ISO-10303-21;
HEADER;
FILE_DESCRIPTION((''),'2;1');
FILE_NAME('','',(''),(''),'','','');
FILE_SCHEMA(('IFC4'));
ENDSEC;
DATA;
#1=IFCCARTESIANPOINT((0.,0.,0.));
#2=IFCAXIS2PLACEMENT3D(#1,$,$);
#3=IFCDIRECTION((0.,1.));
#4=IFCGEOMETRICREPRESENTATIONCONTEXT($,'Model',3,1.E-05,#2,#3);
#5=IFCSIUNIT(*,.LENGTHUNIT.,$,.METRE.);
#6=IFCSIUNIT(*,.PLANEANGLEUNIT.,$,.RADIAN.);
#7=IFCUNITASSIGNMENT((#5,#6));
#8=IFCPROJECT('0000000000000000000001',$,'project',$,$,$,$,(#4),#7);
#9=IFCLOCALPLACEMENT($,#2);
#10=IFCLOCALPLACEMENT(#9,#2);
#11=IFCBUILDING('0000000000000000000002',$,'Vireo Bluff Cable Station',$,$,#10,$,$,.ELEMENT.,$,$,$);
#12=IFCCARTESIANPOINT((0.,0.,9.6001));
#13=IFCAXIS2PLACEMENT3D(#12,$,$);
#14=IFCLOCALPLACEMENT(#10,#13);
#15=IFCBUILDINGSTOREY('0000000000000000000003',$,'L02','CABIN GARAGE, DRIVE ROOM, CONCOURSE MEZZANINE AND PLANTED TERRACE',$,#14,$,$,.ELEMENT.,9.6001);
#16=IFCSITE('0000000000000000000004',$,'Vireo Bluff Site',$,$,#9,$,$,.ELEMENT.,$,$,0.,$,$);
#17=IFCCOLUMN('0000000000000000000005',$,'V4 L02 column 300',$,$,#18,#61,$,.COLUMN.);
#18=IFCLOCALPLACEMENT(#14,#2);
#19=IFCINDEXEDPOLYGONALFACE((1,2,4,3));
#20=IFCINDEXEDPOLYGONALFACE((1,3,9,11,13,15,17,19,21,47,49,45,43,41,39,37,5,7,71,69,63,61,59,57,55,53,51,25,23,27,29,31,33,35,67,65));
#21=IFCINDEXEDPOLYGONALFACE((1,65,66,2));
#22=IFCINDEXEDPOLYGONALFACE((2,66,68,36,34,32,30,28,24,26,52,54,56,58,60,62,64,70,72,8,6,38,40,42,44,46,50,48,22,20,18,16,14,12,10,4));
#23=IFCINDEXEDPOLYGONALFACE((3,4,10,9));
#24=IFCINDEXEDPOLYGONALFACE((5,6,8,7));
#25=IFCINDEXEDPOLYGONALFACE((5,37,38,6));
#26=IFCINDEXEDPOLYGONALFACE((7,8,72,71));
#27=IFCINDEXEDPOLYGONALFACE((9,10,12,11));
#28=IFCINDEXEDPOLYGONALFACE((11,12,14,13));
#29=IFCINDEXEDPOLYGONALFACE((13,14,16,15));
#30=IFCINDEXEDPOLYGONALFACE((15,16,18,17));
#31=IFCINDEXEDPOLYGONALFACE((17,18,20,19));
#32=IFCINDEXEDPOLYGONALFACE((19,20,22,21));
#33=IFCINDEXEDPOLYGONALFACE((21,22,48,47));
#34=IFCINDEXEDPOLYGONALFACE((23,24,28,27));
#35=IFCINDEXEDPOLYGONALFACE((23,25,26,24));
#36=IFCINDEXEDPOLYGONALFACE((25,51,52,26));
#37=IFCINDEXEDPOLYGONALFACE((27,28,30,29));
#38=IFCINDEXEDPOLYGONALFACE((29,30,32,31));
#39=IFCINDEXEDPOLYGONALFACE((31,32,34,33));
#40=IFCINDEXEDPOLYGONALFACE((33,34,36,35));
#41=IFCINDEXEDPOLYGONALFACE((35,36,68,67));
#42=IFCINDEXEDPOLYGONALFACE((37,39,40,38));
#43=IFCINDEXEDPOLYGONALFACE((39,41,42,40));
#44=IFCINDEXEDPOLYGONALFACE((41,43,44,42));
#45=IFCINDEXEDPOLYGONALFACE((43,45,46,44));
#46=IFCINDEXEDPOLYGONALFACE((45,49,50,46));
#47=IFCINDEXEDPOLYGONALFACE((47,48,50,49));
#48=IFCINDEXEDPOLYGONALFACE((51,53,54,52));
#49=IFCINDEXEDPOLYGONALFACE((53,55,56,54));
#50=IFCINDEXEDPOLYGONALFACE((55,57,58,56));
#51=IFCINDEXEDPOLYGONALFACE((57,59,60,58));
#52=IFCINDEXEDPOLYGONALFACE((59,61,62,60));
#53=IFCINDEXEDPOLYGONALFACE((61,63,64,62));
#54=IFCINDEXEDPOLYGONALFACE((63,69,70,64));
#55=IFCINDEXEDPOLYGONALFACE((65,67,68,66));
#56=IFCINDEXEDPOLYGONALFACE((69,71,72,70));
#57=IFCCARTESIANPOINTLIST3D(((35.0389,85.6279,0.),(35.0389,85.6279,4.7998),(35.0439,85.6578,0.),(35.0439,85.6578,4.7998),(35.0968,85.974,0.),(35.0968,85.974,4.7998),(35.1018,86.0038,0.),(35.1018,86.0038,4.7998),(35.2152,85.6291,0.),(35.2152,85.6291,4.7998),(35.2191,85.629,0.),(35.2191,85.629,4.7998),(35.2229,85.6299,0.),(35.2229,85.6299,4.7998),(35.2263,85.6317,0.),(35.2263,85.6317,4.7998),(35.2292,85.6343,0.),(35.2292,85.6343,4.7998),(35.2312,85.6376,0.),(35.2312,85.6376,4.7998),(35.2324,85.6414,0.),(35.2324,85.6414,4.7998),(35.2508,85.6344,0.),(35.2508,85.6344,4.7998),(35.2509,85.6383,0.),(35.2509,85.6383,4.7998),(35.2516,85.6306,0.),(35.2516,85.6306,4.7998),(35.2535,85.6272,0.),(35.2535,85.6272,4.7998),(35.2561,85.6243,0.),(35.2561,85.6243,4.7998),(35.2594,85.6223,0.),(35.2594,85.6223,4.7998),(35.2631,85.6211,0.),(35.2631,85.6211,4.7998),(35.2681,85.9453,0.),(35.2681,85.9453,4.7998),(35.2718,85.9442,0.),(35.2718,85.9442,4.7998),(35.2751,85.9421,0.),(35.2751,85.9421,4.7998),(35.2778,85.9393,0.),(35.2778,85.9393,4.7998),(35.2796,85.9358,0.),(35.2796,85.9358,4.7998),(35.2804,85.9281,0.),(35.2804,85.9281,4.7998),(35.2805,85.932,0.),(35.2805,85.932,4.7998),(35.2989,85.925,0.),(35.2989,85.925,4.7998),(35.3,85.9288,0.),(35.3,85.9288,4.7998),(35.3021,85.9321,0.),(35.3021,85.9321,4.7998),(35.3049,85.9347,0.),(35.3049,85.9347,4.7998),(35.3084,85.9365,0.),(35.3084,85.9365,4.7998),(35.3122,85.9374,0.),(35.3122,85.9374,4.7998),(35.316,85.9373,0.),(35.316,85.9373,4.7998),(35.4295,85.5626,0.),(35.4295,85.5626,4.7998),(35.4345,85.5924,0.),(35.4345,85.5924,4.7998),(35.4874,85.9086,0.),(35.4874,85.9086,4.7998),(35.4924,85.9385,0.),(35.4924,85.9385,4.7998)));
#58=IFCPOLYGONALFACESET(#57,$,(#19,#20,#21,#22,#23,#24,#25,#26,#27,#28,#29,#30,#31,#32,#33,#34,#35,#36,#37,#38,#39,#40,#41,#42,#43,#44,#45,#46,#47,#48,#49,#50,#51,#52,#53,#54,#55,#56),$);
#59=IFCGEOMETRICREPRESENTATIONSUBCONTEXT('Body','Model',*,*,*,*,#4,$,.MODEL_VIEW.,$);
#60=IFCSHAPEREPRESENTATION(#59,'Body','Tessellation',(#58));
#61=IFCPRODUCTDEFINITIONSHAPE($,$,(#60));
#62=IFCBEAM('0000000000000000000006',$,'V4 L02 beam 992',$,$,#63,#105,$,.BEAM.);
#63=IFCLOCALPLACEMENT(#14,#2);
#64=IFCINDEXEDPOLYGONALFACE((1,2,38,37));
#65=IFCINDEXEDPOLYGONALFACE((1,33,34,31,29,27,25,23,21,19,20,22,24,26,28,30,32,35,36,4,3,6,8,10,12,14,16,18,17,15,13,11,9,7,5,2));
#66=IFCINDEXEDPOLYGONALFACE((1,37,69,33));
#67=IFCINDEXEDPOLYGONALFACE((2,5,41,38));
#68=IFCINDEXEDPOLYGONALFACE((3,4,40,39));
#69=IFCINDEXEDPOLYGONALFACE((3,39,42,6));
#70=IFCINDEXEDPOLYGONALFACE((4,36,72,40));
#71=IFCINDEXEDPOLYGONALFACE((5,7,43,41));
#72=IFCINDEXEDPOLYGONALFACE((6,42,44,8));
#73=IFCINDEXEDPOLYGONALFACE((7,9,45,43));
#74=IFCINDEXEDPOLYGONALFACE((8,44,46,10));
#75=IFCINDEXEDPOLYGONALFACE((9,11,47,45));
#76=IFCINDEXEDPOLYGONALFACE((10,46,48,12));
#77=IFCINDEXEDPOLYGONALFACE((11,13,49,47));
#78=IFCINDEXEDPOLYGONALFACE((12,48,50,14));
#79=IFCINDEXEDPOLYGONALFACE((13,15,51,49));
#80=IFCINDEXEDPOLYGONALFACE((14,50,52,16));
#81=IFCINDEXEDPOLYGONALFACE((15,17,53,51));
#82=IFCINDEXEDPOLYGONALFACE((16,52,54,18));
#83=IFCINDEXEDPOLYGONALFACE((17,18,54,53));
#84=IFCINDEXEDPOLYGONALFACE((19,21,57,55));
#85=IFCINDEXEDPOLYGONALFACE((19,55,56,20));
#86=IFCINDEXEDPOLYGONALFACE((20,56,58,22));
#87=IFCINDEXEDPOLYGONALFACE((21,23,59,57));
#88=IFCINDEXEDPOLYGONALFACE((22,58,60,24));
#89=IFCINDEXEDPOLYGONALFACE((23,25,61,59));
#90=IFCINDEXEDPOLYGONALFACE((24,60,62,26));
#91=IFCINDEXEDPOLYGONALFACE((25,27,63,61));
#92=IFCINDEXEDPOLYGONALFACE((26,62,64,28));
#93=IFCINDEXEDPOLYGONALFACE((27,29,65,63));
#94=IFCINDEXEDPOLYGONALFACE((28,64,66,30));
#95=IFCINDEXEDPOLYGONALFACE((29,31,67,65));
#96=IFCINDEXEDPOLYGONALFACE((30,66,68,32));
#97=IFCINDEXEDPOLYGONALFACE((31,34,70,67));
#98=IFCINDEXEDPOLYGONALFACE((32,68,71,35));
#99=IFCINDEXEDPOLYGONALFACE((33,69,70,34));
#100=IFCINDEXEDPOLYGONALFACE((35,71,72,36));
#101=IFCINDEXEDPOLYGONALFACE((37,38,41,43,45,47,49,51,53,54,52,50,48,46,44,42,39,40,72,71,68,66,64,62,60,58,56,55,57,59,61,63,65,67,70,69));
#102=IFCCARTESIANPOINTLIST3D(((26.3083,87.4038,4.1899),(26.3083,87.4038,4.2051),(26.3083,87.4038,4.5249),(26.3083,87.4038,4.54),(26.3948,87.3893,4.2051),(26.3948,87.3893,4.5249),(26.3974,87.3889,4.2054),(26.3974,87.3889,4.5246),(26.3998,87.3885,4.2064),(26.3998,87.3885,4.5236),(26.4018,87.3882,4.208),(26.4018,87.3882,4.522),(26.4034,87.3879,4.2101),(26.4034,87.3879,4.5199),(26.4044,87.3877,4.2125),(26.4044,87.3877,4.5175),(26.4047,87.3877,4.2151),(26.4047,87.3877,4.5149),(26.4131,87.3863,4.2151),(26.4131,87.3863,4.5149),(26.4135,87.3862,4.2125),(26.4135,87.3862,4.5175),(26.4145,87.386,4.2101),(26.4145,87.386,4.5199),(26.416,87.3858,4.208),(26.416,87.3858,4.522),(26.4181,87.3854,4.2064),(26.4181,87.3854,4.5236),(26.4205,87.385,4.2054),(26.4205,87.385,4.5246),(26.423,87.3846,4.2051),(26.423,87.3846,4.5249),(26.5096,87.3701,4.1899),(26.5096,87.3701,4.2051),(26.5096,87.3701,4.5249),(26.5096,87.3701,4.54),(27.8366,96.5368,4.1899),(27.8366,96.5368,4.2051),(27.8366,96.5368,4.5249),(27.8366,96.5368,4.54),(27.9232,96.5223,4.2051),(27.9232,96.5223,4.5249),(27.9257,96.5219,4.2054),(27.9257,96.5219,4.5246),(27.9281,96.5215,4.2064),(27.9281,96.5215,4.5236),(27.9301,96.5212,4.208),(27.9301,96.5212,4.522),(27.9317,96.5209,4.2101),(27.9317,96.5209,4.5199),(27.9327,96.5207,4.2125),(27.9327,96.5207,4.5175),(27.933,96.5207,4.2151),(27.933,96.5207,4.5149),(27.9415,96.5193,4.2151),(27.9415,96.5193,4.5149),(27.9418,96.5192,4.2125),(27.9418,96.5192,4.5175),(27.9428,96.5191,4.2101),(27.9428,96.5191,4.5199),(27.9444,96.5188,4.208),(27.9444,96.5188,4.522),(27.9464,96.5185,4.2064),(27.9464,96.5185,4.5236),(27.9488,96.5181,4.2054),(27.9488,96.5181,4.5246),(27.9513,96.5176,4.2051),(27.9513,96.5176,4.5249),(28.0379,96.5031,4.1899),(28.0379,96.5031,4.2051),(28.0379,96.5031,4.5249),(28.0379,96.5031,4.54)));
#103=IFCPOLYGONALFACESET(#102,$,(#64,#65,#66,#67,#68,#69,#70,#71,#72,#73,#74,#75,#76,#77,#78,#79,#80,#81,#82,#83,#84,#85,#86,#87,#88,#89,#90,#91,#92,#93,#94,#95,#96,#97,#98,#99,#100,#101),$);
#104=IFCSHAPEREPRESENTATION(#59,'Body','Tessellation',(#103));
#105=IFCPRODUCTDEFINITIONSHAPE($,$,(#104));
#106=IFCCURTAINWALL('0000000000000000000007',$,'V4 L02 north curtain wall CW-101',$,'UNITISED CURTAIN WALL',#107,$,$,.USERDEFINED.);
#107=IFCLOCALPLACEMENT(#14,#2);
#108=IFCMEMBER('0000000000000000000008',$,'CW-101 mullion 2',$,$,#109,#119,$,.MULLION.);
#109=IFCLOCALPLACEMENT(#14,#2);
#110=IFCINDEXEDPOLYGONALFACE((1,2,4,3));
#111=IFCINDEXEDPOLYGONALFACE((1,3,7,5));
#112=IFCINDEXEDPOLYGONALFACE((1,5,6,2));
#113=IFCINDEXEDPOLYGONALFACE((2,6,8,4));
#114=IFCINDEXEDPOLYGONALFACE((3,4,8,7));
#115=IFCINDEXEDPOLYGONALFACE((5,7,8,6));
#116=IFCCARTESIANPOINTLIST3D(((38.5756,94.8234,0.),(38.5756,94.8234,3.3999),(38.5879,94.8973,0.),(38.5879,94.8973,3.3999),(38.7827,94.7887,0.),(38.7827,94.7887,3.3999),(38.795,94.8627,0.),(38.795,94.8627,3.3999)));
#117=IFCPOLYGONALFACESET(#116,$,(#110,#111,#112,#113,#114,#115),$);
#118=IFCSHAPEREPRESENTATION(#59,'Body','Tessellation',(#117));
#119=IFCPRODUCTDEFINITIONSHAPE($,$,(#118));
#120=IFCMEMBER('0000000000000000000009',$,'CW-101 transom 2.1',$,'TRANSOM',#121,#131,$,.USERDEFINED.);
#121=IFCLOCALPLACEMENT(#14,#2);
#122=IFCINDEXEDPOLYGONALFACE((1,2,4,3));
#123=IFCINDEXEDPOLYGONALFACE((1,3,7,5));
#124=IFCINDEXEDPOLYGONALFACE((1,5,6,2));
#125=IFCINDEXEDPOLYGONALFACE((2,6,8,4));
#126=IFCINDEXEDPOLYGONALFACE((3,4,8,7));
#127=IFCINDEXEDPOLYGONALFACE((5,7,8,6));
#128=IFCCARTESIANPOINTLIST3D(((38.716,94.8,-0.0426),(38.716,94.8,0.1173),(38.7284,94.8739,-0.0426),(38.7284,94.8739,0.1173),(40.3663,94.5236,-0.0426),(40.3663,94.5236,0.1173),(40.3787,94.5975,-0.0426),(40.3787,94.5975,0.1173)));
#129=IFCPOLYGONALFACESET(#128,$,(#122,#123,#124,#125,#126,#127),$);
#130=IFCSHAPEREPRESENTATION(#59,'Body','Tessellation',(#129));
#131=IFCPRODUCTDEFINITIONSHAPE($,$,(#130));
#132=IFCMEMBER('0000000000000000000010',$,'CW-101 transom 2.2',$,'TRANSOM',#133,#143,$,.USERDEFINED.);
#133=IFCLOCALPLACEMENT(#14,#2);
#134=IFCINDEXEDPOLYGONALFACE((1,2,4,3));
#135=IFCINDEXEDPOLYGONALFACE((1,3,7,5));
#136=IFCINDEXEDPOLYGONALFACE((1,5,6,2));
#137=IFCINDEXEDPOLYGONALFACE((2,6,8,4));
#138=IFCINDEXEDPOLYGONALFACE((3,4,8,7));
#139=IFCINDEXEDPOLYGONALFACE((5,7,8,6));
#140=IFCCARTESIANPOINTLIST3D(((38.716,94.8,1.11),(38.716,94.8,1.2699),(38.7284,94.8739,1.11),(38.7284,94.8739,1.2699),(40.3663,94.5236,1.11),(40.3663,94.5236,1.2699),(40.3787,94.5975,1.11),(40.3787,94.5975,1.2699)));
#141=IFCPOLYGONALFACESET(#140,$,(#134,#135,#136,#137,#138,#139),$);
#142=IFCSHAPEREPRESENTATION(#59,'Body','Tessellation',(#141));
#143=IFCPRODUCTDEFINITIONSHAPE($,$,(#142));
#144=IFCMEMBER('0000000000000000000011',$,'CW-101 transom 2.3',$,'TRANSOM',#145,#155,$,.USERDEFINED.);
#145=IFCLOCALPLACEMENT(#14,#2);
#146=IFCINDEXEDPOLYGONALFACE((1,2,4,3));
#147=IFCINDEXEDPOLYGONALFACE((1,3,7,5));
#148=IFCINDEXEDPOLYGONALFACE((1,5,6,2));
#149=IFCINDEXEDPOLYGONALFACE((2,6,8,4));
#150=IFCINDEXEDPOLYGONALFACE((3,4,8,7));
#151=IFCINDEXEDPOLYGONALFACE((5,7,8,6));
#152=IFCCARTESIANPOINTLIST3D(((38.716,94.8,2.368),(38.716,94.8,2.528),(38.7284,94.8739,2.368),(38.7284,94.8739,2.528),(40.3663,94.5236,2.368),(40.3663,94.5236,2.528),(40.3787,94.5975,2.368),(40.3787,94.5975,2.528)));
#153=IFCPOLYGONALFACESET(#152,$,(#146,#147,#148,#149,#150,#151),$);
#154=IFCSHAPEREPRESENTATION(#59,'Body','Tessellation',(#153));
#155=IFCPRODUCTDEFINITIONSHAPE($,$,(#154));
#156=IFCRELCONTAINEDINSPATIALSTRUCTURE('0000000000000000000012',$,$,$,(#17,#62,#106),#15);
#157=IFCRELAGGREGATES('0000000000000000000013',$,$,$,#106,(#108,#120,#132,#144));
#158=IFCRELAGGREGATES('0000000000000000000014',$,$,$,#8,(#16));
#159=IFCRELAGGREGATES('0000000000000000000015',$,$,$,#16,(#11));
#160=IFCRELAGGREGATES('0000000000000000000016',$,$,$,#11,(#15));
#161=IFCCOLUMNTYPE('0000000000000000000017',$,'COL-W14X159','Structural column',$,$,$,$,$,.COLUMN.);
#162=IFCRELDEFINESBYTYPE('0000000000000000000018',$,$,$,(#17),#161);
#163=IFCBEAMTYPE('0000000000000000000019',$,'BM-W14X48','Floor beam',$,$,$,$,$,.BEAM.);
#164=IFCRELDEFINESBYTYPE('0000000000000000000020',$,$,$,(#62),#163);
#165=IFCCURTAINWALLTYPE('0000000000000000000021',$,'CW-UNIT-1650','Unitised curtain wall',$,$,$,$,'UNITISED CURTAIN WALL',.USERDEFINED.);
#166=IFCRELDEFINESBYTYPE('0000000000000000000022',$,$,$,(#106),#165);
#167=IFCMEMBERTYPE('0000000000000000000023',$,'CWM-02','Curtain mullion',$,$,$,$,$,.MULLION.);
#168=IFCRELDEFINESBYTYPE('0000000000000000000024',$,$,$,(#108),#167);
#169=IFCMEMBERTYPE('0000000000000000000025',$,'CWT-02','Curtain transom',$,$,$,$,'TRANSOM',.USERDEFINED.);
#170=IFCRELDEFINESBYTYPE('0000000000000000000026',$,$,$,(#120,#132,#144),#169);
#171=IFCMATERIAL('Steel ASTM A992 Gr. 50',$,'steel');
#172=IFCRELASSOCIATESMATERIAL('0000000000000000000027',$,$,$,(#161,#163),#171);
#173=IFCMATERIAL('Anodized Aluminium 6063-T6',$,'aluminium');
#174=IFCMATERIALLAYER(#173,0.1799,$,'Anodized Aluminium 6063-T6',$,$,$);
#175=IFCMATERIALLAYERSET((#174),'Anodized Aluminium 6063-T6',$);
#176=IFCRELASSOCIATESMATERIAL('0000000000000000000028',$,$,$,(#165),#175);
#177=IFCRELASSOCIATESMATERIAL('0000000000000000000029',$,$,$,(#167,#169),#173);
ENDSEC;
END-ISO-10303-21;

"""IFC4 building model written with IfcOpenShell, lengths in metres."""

from ifc_helpers import new_model, si_unit, direction, frame, origin, origin_2d, place, context, subcontext, project, spatial, rectangle, i_section, extrude, material, layer, layer_set, material_profile, profile_set, type_object, element, aggregate, save


model = new_model("IFC4")

# Units and contexts
model_context = context("Model", 3, precision=1e-05, world=origin(), true_north=direction((0.0, 1.0)))
body_context = subcontext(model_context, "Body", "Model", "MODEL_VIEW")
ifc_project = project(units=[si_unit("LENGTHUNIT", "METRE"), si_unit("PLANEANGLEUNIT", "RADIAN")], contexts=[model_context])

# Site, building, storey
site_placement = place(None, origin())
site = spatial("IfcSite", under=ifc_project, at=site_placement, Name="Vireo Bluff Site", CompositionType="ELEMENT", RefElevation=0.0)
building_placement = place(site_placement, origin())
building = spatial("IfcBuilding", under=site, at=building_placement, Name="Vireo Bluff Cable Station", CompositionType="ELEMENT")
storey_placement = place(building_placement, frame((0.0, 0.0, 9.6001)))
storey = spatial("IfcBuildingStorey", under=building, at=storey_placement, Name="L02", Description="CABIN GARAGE, DRIVE ROOM, CONCOURSE MEZZANINE AND PLANTED TERRACE", CompositionType="ELEMENT", Elevation=9.6001)

# Column
ifc_material_1 = material(Name="Steel ASTM A992 Gr. 50", Category="steel")
ifc_material_profile_1 = material_profile(ifc_material_1, i_section(OverallWidth=0.396, OverallDepth=0.3811, WebThickness=0.0188, FlangeThickness=0.0303, FilletRadius=0.0149, at=origin_2d()), Name="W14X159")
ifc_profile_set_1 = profile_set([ifc_material_profile_1], Name="Steel ASTM A992 Gr. 50")
column_type = type_object("IfcColumnType", Name="COL-W14X159", Description="Structural column", PredefinedType="COLUMN", material=ifc_profile_set_1)
column_placement = place(storey_placement, frame((35.2656, 85.7832, 0.0), z_axis=(0.0, 0.0, 1.0), x_axis=(0.986286, -0.165048, 0.0)))
element("IfcColumn", 1, at=column_placement, inside=storey, type_object=column_type, Name="V4 L02 column 300", PredefinedType="COLUMN", context=body_context, shape_type="SweptSolid", body=[
    extrude(i_section(OverallWidth=0.396, OverallDepth=0.3811, WebThickness=0.0188, FlangeThickness=0.0303, FilletRadius=0.0149, at=origin_2d()), origin(), (0.0, 0.0, 1.0), 4.7998),
])

# Beam
ifc_material_profile_2 = material_profile(ifc_material_1, i_section(OverallWidth=0.2041, OverallDepth=0.3501, WebThickness=0.0085, FlangeThickness=0.0151, FilletRadius=0.01, at=origin_2d()), Name="W14X48")
ifc_profile_set_2 = profile_set([ifc_material_profile_2], Name="Steel ASTM A992 Gr. 50")
beam_type_1 = type_object("IfcBeamType", Name="BM-W14X48", Description="Floor beam", PredefinedType="BEAM", material=ifc_profile_set_2)
beam_1_placement = place(storey_placement, frame((26.4089, 87.387, 4.365), z_axis=(0.165045, 0.986286, 0.0), x_axis=(-0.986286, 0.165045, 0.0)))
element("IfcBeam", 2, at=beam_1_placement, inside=storey, type_object=beam_type_1, Name="V4 L02 beam 992", PredefinedType="BEAM", context=body_context, shape_type="SweptSolid", body=[
    extrude(i_section(OverallWidth=0.2041, OverallDepth=0.3501, WebThickness=0.0085, FlangeThickness=0.0151, FilletRadius=0.01, at=origin_2d()), origin(), (0.0, 0.0, 1.0), 9.26),
])

# Curtain wall, members
ifc_material_2 = material(Name="Anodized Aluminium 6063-T6", Category="aluminium")
ifc_layer_1 = layer(ifc_material_2, 0.1799, Name="Anodized Aluminium 6063-T6")
ifc_layer_set_1 = layer_set([ifc_layer_1], Name="Anodized Aluminium 6063-T6")
curtain_wall_type = type_object("IfcCurtainWallType", Name="CW-UNIT-1650", Description="Unitised curtain wall", ElementType="UNITISED CURTAIN WALL", PredefinedType="USERDEFINED", material=ifc_layer_set_1)
curtain_wall_placement = place(storey_placement, origin())
curtain_wall = element("IfcCurtainWall", 3, at=curtain_wall_placement, inside=storey, type_object=curtain_wall_type, Name="V4 L02 north curtain wall CW-101", ObjectType="UNITISED CURTAIN WALL", PredefinedType="USERDEFINED")
ifc_material_profile_3 = material_profile(ifc_material_2, rectangle(XDim=0.075, YDim=0.21, at=origin_2d()), Name="ALU-M-75X210")
ifc_profile_set_3 = profile_set([ifc_material_profile_3], Name="Anodized Aluminium 6063-T6")
member_type_1 = type_object("IfcMemberType", Name="CWM-02", Description="Curtain mullion", PredefinedType="MULLION", material=ifc_profile_set_3)
member_1_placement = place(storey_placement, frame((38.6853, 94.843, 0.0), z_axis=(0.0, 0.0, 1.0), x_axis=(0.165048, 0.986286, 0.0)))
member_1 = element("IfcMember", 4, at=member_1_placement, type_object=member_type_1, Name="CW-101 mullion 2", PredefinedType="MULLION", context=body_context, shape_type="SweptSolid", body=[
    extrude(rectangle(XDim=0.075, YDim=0.21, at=origin_2d()), origin(), (0.0, 0.0, 1.0), 3.3999),
])
ifc_material_profile_4 = material_profile(ifc_material_2, rectangle(XDim=0.075, YDim=0.1599, at=origin_2d()), Name="ALU-T-75X160")
ifc_profile_set_4 = profile_set([ifc_material_profile_4], Name="Anodized Aluminium 6063-T6")
member_type_2 = type_object("IfcMemberType", Name="CWT-02", Description="Curtain transom", ElementType="TRANSOM", PredefinedType="USERDEFINED", material=ifc_profile_set_4)
member_2_placement = place(storey_placement, frame((38.7222, 94.8369, 0.0374), z_axis=(0.986267, -0.165156, 0.0), x_axis=(0.165156, 0.986267, 0.0)))
member_2 = element("IfcMember", 5, at=member_2_placement, type_object=member_type_2, Name="CW-101 transom 2.1", ObjectType="TRANSOM", PredefinedType="USERDEFINED", context=body_context, shape_type="SweptSolid", body=[
    extrude(rectangle(XDim=0.075, YDim=0.1599, at=origin_2d()), origin(), (0.0, 0.0, 1.0), 1.6733),
])
member_3_placement = place(storey_placement, frame((38.7222, 94.8369, 1.1899), z_axis=(0.986267, -0.165156, 0.0), x_axis=(0.165156, 0.986267, 0.0)))
member_3 = element("IfcMember", 6, at=member_3_placement, type_object=member_type_2, Name="CW-101 transom 2.2", ObjectType="TRANSOM", PredefinedType="USERDEFINED", context=body_context, shape_type="SweptSolid", body=[
    extrude(rectangle(XDim=0.075, YDim=0.1599, at=origin_2d()), origin(), (0.0, 0.0, 1.0), 1.6733),
])
member_4_placement = place(storey_placement, frame((38.7222, 94.8369, 2.448), z_axis=(0.986267, -0.165156, 0.0), x_axis=(0.165156, 0.986267, 0.0)))
member_4 = element("IfcMember", 7, at=member_4_placement, type_object=member_type_2, Name="CW-101 transom 2.3", ObjectType="TRANSOM", PredefinedType="USERDEFINED", context=body_context, shape_type="SweptSolid", body=[
    extrude(rectangle(XDim=0.075, YDim=0.1599, at=origin_2d()), origin(), (0.0, 0.0, 1.0), 1.6733),
])
aggregate(curtain_wall, [member_1, member_2, member_3, member_4])

save(model, "model.ifc")
